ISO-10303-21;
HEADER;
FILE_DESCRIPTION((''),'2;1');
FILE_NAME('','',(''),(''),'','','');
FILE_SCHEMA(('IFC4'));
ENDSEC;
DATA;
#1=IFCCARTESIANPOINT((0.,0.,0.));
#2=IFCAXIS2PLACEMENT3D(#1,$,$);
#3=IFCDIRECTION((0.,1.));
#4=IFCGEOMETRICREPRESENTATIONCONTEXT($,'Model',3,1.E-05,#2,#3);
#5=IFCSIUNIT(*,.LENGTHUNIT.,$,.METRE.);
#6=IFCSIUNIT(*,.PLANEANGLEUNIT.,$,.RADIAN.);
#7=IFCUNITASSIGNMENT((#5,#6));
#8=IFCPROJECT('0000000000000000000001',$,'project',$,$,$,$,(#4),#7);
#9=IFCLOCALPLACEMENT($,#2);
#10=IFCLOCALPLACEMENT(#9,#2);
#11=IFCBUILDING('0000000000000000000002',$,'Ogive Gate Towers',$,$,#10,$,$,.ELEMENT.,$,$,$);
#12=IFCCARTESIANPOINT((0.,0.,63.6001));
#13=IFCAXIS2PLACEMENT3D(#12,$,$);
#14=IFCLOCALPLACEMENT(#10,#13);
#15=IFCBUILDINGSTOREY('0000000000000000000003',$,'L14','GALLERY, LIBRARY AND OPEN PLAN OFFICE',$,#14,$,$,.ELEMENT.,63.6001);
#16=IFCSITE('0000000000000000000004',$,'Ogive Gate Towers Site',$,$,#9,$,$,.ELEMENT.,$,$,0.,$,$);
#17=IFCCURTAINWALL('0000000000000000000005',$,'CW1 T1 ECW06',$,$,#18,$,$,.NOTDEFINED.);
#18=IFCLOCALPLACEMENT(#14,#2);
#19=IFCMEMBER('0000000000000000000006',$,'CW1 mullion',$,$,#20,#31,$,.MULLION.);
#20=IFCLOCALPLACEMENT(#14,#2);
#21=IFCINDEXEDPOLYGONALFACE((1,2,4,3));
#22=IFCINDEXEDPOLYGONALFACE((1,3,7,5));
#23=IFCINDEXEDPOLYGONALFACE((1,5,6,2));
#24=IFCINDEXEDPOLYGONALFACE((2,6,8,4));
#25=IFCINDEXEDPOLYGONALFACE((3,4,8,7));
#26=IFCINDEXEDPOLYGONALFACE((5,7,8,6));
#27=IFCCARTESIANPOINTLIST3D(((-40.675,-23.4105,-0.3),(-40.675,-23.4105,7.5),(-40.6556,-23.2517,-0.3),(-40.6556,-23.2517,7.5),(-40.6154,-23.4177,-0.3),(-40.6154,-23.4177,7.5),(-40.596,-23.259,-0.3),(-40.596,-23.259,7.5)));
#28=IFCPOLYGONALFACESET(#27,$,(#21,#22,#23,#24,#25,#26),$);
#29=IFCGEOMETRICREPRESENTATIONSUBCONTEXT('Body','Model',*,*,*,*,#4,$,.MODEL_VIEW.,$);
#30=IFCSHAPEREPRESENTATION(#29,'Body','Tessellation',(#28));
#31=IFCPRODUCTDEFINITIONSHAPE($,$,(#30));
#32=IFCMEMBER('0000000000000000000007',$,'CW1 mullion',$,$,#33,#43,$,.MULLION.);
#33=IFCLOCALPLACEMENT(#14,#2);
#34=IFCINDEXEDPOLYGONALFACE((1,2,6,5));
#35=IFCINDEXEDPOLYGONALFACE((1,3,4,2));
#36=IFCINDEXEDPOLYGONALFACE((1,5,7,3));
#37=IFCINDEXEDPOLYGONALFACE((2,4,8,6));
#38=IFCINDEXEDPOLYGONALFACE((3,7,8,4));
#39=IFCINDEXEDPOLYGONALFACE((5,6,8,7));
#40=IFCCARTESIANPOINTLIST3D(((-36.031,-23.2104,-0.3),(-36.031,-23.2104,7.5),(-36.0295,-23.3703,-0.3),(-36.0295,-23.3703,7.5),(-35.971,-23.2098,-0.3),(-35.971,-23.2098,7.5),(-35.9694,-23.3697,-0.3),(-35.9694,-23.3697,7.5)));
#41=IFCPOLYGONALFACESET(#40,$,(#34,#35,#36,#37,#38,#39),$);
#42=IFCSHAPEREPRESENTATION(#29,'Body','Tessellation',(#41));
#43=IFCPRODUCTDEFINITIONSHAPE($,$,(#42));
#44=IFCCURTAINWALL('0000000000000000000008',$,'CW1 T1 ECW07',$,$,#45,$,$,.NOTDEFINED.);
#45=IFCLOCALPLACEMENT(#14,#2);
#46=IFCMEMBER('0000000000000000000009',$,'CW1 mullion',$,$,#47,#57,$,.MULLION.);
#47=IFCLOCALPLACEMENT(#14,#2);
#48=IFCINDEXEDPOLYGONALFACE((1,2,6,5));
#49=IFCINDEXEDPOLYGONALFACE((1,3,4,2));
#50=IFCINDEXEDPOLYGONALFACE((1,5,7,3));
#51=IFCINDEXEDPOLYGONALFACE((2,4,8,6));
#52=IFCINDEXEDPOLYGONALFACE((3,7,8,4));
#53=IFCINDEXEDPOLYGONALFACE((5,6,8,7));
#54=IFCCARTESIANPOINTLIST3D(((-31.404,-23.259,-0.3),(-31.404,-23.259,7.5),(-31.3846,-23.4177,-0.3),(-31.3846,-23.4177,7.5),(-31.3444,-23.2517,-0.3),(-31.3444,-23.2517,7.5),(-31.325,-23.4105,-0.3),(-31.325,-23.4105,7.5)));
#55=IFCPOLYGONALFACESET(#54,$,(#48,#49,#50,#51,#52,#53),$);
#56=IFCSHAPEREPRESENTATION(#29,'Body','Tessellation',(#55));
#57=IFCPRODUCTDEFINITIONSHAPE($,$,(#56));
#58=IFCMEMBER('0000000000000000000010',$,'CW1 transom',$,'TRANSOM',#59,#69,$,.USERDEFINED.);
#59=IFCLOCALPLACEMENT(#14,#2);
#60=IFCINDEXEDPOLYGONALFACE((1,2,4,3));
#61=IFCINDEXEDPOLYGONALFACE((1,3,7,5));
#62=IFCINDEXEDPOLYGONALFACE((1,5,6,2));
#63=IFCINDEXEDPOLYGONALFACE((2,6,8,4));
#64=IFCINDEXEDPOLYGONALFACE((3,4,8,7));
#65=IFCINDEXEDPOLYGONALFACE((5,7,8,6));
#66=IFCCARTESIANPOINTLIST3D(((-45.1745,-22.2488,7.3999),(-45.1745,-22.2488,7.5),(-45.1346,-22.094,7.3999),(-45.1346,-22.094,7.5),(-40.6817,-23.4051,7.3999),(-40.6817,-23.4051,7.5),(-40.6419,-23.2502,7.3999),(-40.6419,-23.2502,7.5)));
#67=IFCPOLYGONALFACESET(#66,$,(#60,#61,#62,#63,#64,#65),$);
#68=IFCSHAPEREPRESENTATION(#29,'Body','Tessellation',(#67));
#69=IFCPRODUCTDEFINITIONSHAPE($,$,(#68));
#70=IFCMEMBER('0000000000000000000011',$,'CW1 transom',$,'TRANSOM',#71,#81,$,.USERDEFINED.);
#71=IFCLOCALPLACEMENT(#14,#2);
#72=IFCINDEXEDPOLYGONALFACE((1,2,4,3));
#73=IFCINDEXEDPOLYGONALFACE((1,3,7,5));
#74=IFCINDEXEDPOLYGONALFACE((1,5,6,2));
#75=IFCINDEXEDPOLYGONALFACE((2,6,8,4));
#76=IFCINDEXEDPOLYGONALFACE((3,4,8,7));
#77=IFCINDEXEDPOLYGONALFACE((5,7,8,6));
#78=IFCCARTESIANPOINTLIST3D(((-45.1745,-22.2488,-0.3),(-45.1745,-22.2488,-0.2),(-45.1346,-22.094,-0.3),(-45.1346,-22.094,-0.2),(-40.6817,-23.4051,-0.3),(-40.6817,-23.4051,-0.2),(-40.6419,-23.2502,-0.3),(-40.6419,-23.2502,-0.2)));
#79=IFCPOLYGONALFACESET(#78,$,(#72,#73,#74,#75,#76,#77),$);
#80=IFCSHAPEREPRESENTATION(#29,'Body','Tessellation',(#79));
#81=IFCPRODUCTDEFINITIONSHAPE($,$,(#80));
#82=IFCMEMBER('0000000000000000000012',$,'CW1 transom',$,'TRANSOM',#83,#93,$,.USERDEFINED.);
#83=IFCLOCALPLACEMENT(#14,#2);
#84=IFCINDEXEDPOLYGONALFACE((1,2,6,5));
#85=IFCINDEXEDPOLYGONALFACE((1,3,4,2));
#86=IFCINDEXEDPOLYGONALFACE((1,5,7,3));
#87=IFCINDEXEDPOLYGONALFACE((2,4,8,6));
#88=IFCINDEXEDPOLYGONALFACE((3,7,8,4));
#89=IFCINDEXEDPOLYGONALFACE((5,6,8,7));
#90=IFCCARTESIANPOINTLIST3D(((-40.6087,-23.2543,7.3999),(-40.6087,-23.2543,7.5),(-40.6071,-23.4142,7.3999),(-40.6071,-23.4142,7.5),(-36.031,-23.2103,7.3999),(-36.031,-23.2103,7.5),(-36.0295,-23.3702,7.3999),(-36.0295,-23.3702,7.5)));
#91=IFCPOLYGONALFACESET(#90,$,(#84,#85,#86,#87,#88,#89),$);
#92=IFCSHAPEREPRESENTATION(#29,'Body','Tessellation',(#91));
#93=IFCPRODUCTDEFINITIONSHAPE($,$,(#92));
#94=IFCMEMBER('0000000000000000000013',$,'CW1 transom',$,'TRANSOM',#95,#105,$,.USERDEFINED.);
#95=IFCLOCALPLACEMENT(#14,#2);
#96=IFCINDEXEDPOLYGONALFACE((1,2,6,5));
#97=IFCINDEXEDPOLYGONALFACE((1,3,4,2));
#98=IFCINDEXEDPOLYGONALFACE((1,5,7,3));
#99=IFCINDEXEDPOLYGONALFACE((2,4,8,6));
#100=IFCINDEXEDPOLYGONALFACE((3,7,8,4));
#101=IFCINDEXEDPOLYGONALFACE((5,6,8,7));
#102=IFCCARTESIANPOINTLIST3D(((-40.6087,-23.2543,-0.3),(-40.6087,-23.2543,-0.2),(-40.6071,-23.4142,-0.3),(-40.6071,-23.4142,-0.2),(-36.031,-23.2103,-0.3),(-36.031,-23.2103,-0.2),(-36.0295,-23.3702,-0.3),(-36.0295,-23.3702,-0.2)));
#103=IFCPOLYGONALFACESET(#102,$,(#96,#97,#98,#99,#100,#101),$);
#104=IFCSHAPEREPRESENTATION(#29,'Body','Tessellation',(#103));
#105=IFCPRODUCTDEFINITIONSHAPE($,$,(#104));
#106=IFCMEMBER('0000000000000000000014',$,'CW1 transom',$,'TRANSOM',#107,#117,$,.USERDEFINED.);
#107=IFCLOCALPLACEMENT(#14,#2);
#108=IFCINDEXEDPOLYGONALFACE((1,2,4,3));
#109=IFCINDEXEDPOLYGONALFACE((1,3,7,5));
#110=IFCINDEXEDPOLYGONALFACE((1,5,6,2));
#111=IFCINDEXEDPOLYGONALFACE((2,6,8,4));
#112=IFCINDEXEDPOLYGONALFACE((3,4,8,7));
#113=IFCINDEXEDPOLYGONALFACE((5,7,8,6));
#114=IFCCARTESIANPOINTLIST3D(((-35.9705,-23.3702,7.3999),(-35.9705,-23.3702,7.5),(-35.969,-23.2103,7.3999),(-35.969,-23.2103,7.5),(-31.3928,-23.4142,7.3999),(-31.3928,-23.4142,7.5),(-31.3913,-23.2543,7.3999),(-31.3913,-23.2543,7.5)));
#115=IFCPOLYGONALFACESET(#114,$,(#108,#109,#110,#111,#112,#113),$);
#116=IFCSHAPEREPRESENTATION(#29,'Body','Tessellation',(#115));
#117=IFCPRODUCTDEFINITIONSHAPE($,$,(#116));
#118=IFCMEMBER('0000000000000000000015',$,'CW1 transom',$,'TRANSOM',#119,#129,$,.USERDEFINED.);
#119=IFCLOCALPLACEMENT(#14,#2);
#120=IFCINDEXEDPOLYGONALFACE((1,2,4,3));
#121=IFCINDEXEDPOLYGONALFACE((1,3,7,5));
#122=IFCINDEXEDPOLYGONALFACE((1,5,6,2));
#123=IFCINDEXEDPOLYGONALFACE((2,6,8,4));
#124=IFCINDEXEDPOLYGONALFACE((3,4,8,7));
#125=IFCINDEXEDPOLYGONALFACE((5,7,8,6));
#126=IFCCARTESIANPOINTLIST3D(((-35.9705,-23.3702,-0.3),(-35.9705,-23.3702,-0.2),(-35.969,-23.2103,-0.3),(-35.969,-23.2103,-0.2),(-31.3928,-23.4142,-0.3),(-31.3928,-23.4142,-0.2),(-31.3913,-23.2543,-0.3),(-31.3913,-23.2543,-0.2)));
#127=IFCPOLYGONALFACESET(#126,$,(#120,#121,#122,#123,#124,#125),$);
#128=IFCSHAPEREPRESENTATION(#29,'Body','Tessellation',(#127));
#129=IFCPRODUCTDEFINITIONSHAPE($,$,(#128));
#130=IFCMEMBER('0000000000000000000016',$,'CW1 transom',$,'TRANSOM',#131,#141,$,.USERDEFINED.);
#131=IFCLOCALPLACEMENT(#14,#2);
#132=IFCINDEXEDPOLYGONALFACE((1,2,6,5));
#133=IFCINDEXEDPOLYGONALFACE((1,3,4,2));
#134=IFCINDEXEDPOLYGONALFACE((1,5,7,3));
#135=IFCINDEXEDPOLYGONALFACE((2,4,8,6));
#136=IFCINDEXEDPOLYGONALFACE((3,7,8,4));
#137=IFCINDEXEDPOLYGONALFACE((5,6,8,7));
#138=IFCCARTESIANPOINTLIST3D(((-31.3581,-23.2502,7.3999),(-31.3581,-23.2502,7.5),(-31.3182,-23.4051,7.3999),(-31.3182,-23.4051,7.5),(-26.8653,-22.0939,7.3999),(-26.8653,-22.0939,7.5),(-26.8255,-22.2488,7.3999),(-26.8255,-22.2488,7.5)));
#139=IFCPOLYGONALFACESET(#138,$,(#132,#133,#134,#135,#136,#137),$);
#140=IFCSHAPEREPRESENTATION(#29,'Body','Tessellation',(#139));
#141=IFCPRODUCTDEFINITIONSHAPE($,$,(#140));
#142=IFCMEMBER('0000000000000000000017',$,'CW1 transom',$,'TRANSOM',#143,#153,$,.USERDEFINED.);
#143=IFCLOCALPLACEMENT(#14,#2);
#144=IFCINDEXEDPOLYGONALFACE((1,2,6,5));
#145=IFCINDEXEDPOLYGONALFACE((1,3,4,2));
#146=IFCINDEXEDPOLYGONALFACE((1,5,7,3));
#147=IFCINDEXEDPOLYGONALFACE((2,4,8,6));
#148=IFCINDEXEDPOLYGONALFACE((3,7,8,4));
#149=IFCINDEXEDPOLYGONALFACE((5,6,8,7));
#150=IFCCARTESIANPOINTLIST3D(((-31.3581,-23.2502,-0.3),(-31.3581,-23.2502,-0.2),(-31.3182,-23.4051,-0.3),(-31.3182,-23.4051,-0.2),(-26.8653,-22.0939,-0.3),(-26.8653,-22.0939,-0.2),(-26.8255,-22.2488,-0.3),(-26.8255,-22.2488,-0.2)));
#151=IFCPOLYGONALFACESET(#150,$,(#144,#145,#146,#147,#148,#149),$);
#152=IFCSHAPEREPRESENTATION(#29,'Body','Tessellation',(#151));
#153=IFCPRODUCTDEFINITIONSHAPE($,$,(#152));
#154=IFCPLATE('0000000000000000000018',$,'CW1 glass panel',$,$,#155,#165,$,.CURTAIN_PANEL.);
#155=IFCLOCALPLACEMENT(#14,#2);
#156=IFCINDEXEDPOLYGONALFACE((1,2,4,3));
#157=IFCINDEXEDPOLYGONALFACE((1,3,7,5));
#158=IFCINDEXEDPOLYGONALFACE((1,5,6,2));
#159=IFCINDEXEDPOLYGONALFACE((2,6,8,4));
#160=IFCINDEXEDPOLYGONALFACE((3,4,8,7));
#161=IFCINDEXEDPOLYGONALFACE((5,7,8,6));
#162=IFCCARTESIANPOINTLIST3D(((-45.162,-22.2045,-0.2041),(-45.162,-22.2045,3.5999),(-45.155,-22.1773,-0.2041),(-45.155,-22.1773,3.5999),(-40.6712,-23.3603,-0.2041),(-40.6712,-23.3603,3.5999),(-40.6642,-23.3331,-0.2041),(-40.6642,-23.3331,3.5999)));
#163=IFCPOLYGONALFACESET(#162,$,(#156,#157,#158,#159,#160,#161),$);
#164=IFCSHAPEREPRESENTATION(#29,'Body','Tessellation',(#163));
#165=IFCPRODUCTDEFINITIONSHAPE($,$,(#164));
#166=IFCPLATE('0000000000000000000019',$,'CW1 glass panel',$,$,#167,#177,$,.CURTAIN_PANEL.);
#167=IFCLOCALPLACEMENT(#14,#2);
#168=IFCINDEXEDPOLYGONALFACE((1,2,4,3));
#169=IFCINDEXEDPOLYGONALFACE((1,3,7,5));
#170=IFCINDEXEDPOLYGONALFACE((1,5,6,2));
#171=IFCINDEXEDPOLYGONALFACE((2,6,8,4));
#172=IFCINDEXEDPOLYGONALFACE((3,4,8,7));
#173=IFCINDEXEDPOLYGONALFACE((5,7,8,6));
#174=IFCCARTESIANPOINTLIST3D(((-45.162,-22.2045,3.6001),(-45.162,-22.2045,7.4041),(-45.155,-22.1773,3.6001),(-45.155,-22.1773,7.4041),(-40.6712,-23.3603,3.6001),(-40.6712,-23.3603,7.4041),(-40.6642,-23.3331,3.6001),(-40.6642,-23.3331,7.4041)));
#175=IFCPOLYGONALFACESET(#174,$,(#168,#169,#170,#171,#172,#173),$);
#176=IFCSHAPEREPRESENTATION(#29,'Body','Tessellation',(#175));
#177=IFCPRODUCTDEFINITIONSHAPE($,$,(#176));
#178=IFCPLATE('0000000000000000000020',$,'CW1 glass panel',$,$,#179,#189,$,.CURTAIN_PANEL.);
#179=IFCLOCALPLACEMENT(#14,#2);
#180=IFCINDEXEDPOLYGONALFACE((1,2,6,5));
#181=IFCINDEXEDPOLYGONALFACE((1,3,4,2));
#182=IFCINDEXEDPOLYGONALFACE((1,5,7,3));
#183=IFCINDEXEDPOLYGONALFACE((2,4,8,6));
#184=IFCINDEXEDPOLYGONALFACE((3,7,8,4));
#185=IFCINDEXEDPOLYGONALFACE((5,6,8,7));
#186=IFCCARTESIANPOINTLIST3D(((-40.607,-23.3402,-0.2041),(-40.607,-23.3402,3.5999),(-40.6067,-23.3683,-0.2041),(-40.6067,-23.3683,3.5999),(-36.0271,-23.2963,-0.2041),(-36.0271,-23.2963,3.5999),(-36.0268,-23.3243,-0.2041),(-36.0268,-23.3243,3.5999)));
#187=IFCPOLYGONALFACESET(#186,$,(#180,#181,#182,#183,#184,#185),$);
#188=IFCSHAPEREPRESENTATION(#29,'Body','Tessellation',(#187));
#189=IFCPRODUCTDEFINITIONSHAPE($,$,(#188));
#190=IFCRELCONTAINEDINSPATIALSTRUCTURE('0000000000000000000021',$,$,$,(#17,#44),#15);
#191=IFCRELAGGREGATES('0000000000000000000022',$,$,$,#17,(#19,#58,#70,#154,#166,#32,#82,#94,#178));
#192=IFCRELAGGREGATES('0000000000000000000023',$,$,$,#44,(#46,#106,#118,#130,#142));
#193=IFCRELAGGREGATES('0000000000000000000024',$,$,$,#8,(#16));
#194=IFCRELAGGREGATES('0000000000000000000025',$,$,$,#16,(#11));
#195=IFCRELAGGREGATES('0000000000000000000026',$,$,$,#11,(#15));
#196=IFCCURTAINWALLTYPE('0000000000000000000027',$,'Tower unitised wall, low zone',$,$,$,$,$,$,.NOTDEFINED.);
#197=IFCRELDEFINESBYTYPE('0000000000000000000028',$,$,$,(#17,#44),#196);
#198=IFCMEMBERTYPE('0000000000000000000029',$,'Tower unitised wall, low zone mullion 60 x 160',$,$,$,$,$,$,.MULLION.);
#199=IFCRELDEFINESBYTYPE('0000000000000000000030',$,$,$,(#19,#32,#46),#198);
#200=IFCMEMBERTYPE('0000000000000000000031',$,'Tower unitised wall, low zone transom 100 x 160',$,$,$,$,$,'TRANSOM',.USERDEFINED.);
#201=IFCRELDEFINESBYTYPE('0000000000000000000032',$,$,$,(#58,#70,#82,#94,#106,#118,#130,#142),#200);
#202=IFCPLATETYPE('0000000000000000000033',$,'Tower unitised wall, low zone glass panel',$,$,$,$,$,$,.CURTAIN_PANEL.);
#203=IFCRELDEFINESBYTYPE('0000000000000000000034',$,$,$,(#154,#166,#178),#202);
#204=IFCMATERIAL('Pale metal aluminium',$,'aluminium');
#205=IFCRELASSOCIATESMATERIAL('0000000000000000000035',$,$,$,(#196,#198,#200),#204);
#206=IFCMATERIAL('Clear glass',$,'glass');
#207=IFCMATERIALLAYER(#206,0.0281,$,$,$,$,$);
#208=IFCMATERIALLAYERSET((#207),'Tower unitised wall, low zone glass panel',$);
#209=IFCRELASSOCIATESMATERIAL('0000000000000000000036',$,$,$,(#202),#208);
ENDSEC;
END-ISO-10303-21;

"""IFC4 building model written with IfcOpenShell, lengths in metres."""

from ifc_helpers import new_model, si_unit, direction, frame, origin, origin_2d, place, context, subcontext, project, spatial, rectangle, extrude, material, layer, layer_set, material_profile, profile_set, type_object, element, aggregate, save


model = new_model("IFC4")

# Units and contexts
model_context = context("Model", 3, precision=1e-05, world=origin(), true_north=direction((0.0, 1.0)))
body_context = subcontext(model_context, "Body", "Model", "MODEL_VIEW")
ifc_project = project(units=[si_unit("LENGTHUNIT", "METRE"), si_unit("PLANEANGLEUNIT", "RADIAN")], contexts=[model_context])

# Site, building, storey
site_placement = place(None, origin())
site = spatial("IfcSite", under=ifc_project, at=site_placement, Name="Ogive Gate Towers Site", CompositionType="ELEMENT", RefElevation=0.0)
building_placement = place(site_placement, origin())
building = spatial("IfcBuilding", under=site, at=building_placement, Name="Ogive Gate Towers", CompositionType="ELEMENT")
storey_placement = place(building_placement, frame((0.0, 0.0, 63.6001)))
storey = spatial("IfcBuildingStorey", under=building, at=storey_placement, Name="L14", Description="GALLERY, LIBRARY AND OPEN PLAN OFFICE", CompositionType="ELEMENT", Elevation=63.6001)

# Curtain wall, members
ifc_material_1 = material(Name="Pale metal aluminium", Category="aluminium")
curtain_wall_type = type_object("IfcCurtainWallType", Name="Tower unitised wall, low zone", PredefinedType="NOTDEFINED", material=ifc_material_1)
curtain_wall_1_placement = place(storey_placement, origin())
curtain_wall_1 = element("IfcCurtainWall", 1, at=curtain_wall_1_placement, inside=storey, type_object=curtain_wall_type, Name="CW1 T1 ECW06", PredefinedType="NOTDEFINED")
ifc_material_profile_1 = material_profile(ifc_material_1, rectangle(XDim=0.1599, YDim=0.0601, at=origin_2d()), Name="60 x 160 aluminium box")
ifc_profile_set_1 = profile_set([ifc_material_profile_1], Name="Pale metal aluminium")
member_type_1 = type_object("IfcMemberType", Name="Tower unitised wall, low zone mullion 60 x 160", PredefinedType="MULLION", material=ifc_profile_set_1)
member_1_placement = place(storey_placement, frame((-40.6355, -23.3347, -0.3), z_axis=(0.0, 0.0, 1.0), x_axis=(-0.120847, -0.992671, 0.0)))
member_1 = element("IfcMember", 2, at=member_1_placement, type_object=member_type_1, Name="CW1 mullion", PredefinedType="MULLION", context=body_context, shape_type="SweptSolid", body=[
    extrude(rectangle(XDim=0.1599, YDim=0.0601, at=origin_2d()), origin(), (0.0, 0.0, 1.0), 7.8),
])
member_2_placement = place(storey_placement, frame((-36.0002, -23.29, -0.3), z_axis=(0.0, 0.0, 1.0), x_axis=(0.009599, -0.999954, 0.0)))
member_2 = element("IfcMember", 3, at=member_2_placement, type_object=member_type_1, Name="CW1 mullion", PredefinedType="MULLION", context=body_context, shape_type="SweptSolid", body=[
    extrude(rectangle(XDim=0.1599, YDim=0.0601, at=origin_2d()), origin(), (0.0, 0.0, 1.0), 7.8),
])

# Curtain wall, member
curtain_wall_2_placement = place(storey_placement, origin())
curtain_wall_2 = element("IfcCurtainWall", 4, at=curtain_wall_2_placement, inside=storey, type_object=curtain_wall_type, Name="CW1 T1 ECW07", PredefinedType="NOTDEFINED")
member_3_placement = place(storey_placement, frame((-31.3645, -23.3347, -0.3), z_axis=(0.0, 0.0, 1.0), x_axis=(0.120847, -0.992671, 0.0)))
member_3 = element("IfcMember", 5, at=member_3_placement, type_object=member_type_1, Name="CW1 mullion", PredefinedType="MULLION", context=body_context, shape_type="SweptSolid", body=[
    extrude(rectangle(XDim=0.1599, YDim=0.0601, at=origin_2d()), origin(), (0.0, 0.0, 1.0), 7.8),
])

# Members
ifc_material_profile_2 = material_profile(ifc_material_1, rectangle(XDim=0.1599, YDim=0.1001, at=origin_2d()), Name="100 x 160 aluminium box")
ifc_profile_set_2 = profile_set([ifc_material_profile_2], Name="Pale metal aluminium")
member_type_2 = type_object("IfcMemberType", Name="Tower unitised wall, low zone transom 100 x 160", ElementType="TRANSOM", PredefinedType="USERDEFINED", material=ifc_profile_set_2)
member_4_placement = place(storey_placement, frame((-45.1545, -22.1714, 7.45), z_axis=(0.968441, -0.249241, 0.0), x_axis=(0.249241, 0.968441, 0.0)))
member_4 = element("IfcMember", 6, at=member_4_placement, type_object=member_type_2, Name="CW1 transom", ObjectType="TRANSOM", PredefinedType="USERDEFINED", context=body_context, shape_type="SweptSolid", body=[
    extrude(rectangle(XDim=0.1599, YDim=0.1001, at=origin_2d()), origin(), (0.0, 0.0, 1.0), 4.6392),
])
member_5_placement = place(storey_placement, frame((-45.1545, -22.1714, -0.25), z_axis=(0.968441, -0.249241, 0.0), x_axis=(0.249241, 0.968441, 0.0)))
member_5 = element("IfcMember", 7, at=member_5_placement, type_object=member_type_2, Name="CW1 transom", ObjectType="TRANSOM", PredefinedType="USERDEFINED", context=body_context, shape_type="SweptSolid", body=[
    extrude(rectangle(XDim=0.1599, YDim=0.1001, at=origin_2d()), origin(), (0.0, 0.0, 1.0), 4.6392),
])
member_6_placement = place(storey_placement, frame((-40.6079, -23.3342, 7.45), z_axis=(0.999954, 0.0096, 0.0), x_axis=(-0.0096, 0.999954, 0.0)))
member_6 = element("IfcMember", 8, at=member_6_placement, type_object=member_type_2, Name="CW1 transom", ObjectType="TRANSOM", PredefinedType="USERDEFINED", context=body_context, shape_type="SweptSolid", body=[
    extrude(rectangle(XDim=0.1599, YDim=0.1001, at=origin_2d()), origin(), (0.0, 0.0, 1.0), 4.5779),
])
member_7_placement = place(storey_placement, frame((-40.6079, -23.3342, -0.25), z_axis=(0.999954, 0.0096, 0.0), x_axis=(-0.0096, 0.999954, 0.0)))
member_7 = element("IfcMember", 9, at=member_7_placement, type_object=member_type_2, Name="CW1 transom", ObjectType="TRANSOM", PredefinedType="USERDEFINED", context=body_context, shape_type="SweptSolid", body=[
    extrude(rectangle(XDim=0.1599, YDim=0.1001, at=origin_2d()), origin(), (0.0, 0.0, 1.0), 4.5779),
])
member_8_placement = place(storey_placement, frame((-35.9697, -23.2903, 7.45), z_axis=(0.999954, -0.0096, 0.0), x_axis=(0.0096, 0.999954, 0.0)))
member_8 = element("IfcMember", 10, at=member_8_placement, type_object=member_type_2, Name="CW1 transom", ObjectType="TRANSOM", PredefinedType="USERDEFINED", context=body_context, shape_type="SweptSolid", body=[
    extrude(rectangle(XDim=0.1599, YDim=0.1001, at=origin_2d()), origin(), (0.0, 0.0, 1.0), 4.5779),
])
member_9_placement = place(storey_placement, frame((-35.9697, -23.2903, -0.25), z_axis=(0.999954, -0.0096, 0.0), x_axis=(0.0096, 0.999954, 0.0)))
member_9 = element("IfcMember", 11, at=member_9_placement, type_object=member_type_2, Name="CW1 transom", ObjectType="TRANSOM", PredefinedType="USERDEFINED", context=body_context, shape_type="SweptSolid", body=[
    extrude(rectangle(XDim=0.1599, YDim=0.1001, at=origin_2d()), origin(), (0.0, 0.0, 1.0), 4.5779),
])
member_10_placement = place(storey_placement, frame((-31.3381, -23.3276, 7.45), z_axis=(0.968441, 0.249241, 0.0), x_axis=(-0.249241, 0.968441, 0.0)))
member_10 = element("IfcMember", 12, at=member_10_placement, type_object=member_type_2, Name="CW1 transom", ObjectType="TRANSOM", PredefinedType="USERDEFINED", context=body_context, shape_type="SweptSolid", body=[
    extrude(rectangle(XDim=0.1599, YDim=0.1001, at=origin_2d()), origin(), (0.0, 0.0, 1.0), 4.6392),
])
member_11_placement = place(storey_placement, frame((-31.3381, -23.3276, -0.25), z_axis=(0.968441, 0.249241, 0.0), x_axis=(-0.249241, 0.968441, 0.0)))
member_11 = element("IfcMember", 13, at=member_11_placement, type_object=member_type_2, Name="CW1 transom", ObjectType="TRANSOM", PredefinedType="USERDEFINED", context=body_context, shape_type="SweptSolid", body=[
    extrude(rectangle(XDim=0.1599, YDim=0.1001, at=origin_2d()), origin(), (0.0, 0.0, 1.0), 4.6392),
])

# Plates
ifc_material_2 = material(Name="Clear glass", Category="glass")
ifc_layer = layer(ifc_material_2, 0.0281)
ifc_layer_set = layer_set([ifc_layer], Name="Tower unitised wall, low zone glass panel")
plate_type = type_object("IfcPlateType", Name="Tower unitised wall, low zone glass panel", PredefinedType="CURTAIN_PANEL", material=ifc_layer_set)
plate_1_placement = place(storey_placement, frame((-42.9131, -22.7688, -0.2041), z_axis=(0.0, 0.0, 1.0), x_axis=(0.96844, -0.249248, 0.0)))
plate_1 = element("IfcPlate", 14, at=plate_1_placement, type_object=plate_type, Name="CW1 glass panel", PredefinedType="CURTAIN_PANEL", context=body_context, shape_type="SweptSolid", body=[
    extrude(rectangle(XDim=4.6372, YDim=0.0281, at=origin_2d()), origin(), (0.0, 0.0, 1.0), 3.804),
])
plate_2_placement = place(storey_placement, frame((-42.9131, -22.7688, 3.6001), z_axis=(0.0, 0.0, 1.0), x_axis=(0.96844, -0.249248, 0.0)))
plate_2 = element("IfcPlate", 15, at=plate_2_placement, type_object=plate_type, Name="CW1 glass panel", PredefinedType="CURTAIN_PANEL", context=body_context, shape_type="SweptSolid", body=[
    extrude(rectangle(XDim=4.6372, YDim=0.0281, at=origin_2d()), origin(), (0.0, 0.0, 1.0), 3.804),
])
plate_3_placement = place(storey_placement, frame((-38.3169, -23.3323, -0.2041), z_axis=(0.0, 0.0, 1.0), x_axis=(0.999954, 0.009599, 0.0)))
plate_3 = element("IfcPlate", 16, at=plate_3_placement, type_object=plate_type, Name="CW1 glass panel", PredefinedType="CURTAIN_PANEL", context=body_context, shape_type="SweptSolid", body=[
    extrude(rectangle(XDim=4.5801, YDim=0.0281, at=origin_2d()), origin(), (0.0, 0.0, 1.0), 3.804),
])
aggregate(curtain_wall_1, [member_1, member_4, member_5, plate_1, plate_2, member_2, member_6, member_7, plate_3])
aggregate(curtain_wall_2, [member_3, member_8, member_9, member_10, member_11])

save(model, "model.ifc")
